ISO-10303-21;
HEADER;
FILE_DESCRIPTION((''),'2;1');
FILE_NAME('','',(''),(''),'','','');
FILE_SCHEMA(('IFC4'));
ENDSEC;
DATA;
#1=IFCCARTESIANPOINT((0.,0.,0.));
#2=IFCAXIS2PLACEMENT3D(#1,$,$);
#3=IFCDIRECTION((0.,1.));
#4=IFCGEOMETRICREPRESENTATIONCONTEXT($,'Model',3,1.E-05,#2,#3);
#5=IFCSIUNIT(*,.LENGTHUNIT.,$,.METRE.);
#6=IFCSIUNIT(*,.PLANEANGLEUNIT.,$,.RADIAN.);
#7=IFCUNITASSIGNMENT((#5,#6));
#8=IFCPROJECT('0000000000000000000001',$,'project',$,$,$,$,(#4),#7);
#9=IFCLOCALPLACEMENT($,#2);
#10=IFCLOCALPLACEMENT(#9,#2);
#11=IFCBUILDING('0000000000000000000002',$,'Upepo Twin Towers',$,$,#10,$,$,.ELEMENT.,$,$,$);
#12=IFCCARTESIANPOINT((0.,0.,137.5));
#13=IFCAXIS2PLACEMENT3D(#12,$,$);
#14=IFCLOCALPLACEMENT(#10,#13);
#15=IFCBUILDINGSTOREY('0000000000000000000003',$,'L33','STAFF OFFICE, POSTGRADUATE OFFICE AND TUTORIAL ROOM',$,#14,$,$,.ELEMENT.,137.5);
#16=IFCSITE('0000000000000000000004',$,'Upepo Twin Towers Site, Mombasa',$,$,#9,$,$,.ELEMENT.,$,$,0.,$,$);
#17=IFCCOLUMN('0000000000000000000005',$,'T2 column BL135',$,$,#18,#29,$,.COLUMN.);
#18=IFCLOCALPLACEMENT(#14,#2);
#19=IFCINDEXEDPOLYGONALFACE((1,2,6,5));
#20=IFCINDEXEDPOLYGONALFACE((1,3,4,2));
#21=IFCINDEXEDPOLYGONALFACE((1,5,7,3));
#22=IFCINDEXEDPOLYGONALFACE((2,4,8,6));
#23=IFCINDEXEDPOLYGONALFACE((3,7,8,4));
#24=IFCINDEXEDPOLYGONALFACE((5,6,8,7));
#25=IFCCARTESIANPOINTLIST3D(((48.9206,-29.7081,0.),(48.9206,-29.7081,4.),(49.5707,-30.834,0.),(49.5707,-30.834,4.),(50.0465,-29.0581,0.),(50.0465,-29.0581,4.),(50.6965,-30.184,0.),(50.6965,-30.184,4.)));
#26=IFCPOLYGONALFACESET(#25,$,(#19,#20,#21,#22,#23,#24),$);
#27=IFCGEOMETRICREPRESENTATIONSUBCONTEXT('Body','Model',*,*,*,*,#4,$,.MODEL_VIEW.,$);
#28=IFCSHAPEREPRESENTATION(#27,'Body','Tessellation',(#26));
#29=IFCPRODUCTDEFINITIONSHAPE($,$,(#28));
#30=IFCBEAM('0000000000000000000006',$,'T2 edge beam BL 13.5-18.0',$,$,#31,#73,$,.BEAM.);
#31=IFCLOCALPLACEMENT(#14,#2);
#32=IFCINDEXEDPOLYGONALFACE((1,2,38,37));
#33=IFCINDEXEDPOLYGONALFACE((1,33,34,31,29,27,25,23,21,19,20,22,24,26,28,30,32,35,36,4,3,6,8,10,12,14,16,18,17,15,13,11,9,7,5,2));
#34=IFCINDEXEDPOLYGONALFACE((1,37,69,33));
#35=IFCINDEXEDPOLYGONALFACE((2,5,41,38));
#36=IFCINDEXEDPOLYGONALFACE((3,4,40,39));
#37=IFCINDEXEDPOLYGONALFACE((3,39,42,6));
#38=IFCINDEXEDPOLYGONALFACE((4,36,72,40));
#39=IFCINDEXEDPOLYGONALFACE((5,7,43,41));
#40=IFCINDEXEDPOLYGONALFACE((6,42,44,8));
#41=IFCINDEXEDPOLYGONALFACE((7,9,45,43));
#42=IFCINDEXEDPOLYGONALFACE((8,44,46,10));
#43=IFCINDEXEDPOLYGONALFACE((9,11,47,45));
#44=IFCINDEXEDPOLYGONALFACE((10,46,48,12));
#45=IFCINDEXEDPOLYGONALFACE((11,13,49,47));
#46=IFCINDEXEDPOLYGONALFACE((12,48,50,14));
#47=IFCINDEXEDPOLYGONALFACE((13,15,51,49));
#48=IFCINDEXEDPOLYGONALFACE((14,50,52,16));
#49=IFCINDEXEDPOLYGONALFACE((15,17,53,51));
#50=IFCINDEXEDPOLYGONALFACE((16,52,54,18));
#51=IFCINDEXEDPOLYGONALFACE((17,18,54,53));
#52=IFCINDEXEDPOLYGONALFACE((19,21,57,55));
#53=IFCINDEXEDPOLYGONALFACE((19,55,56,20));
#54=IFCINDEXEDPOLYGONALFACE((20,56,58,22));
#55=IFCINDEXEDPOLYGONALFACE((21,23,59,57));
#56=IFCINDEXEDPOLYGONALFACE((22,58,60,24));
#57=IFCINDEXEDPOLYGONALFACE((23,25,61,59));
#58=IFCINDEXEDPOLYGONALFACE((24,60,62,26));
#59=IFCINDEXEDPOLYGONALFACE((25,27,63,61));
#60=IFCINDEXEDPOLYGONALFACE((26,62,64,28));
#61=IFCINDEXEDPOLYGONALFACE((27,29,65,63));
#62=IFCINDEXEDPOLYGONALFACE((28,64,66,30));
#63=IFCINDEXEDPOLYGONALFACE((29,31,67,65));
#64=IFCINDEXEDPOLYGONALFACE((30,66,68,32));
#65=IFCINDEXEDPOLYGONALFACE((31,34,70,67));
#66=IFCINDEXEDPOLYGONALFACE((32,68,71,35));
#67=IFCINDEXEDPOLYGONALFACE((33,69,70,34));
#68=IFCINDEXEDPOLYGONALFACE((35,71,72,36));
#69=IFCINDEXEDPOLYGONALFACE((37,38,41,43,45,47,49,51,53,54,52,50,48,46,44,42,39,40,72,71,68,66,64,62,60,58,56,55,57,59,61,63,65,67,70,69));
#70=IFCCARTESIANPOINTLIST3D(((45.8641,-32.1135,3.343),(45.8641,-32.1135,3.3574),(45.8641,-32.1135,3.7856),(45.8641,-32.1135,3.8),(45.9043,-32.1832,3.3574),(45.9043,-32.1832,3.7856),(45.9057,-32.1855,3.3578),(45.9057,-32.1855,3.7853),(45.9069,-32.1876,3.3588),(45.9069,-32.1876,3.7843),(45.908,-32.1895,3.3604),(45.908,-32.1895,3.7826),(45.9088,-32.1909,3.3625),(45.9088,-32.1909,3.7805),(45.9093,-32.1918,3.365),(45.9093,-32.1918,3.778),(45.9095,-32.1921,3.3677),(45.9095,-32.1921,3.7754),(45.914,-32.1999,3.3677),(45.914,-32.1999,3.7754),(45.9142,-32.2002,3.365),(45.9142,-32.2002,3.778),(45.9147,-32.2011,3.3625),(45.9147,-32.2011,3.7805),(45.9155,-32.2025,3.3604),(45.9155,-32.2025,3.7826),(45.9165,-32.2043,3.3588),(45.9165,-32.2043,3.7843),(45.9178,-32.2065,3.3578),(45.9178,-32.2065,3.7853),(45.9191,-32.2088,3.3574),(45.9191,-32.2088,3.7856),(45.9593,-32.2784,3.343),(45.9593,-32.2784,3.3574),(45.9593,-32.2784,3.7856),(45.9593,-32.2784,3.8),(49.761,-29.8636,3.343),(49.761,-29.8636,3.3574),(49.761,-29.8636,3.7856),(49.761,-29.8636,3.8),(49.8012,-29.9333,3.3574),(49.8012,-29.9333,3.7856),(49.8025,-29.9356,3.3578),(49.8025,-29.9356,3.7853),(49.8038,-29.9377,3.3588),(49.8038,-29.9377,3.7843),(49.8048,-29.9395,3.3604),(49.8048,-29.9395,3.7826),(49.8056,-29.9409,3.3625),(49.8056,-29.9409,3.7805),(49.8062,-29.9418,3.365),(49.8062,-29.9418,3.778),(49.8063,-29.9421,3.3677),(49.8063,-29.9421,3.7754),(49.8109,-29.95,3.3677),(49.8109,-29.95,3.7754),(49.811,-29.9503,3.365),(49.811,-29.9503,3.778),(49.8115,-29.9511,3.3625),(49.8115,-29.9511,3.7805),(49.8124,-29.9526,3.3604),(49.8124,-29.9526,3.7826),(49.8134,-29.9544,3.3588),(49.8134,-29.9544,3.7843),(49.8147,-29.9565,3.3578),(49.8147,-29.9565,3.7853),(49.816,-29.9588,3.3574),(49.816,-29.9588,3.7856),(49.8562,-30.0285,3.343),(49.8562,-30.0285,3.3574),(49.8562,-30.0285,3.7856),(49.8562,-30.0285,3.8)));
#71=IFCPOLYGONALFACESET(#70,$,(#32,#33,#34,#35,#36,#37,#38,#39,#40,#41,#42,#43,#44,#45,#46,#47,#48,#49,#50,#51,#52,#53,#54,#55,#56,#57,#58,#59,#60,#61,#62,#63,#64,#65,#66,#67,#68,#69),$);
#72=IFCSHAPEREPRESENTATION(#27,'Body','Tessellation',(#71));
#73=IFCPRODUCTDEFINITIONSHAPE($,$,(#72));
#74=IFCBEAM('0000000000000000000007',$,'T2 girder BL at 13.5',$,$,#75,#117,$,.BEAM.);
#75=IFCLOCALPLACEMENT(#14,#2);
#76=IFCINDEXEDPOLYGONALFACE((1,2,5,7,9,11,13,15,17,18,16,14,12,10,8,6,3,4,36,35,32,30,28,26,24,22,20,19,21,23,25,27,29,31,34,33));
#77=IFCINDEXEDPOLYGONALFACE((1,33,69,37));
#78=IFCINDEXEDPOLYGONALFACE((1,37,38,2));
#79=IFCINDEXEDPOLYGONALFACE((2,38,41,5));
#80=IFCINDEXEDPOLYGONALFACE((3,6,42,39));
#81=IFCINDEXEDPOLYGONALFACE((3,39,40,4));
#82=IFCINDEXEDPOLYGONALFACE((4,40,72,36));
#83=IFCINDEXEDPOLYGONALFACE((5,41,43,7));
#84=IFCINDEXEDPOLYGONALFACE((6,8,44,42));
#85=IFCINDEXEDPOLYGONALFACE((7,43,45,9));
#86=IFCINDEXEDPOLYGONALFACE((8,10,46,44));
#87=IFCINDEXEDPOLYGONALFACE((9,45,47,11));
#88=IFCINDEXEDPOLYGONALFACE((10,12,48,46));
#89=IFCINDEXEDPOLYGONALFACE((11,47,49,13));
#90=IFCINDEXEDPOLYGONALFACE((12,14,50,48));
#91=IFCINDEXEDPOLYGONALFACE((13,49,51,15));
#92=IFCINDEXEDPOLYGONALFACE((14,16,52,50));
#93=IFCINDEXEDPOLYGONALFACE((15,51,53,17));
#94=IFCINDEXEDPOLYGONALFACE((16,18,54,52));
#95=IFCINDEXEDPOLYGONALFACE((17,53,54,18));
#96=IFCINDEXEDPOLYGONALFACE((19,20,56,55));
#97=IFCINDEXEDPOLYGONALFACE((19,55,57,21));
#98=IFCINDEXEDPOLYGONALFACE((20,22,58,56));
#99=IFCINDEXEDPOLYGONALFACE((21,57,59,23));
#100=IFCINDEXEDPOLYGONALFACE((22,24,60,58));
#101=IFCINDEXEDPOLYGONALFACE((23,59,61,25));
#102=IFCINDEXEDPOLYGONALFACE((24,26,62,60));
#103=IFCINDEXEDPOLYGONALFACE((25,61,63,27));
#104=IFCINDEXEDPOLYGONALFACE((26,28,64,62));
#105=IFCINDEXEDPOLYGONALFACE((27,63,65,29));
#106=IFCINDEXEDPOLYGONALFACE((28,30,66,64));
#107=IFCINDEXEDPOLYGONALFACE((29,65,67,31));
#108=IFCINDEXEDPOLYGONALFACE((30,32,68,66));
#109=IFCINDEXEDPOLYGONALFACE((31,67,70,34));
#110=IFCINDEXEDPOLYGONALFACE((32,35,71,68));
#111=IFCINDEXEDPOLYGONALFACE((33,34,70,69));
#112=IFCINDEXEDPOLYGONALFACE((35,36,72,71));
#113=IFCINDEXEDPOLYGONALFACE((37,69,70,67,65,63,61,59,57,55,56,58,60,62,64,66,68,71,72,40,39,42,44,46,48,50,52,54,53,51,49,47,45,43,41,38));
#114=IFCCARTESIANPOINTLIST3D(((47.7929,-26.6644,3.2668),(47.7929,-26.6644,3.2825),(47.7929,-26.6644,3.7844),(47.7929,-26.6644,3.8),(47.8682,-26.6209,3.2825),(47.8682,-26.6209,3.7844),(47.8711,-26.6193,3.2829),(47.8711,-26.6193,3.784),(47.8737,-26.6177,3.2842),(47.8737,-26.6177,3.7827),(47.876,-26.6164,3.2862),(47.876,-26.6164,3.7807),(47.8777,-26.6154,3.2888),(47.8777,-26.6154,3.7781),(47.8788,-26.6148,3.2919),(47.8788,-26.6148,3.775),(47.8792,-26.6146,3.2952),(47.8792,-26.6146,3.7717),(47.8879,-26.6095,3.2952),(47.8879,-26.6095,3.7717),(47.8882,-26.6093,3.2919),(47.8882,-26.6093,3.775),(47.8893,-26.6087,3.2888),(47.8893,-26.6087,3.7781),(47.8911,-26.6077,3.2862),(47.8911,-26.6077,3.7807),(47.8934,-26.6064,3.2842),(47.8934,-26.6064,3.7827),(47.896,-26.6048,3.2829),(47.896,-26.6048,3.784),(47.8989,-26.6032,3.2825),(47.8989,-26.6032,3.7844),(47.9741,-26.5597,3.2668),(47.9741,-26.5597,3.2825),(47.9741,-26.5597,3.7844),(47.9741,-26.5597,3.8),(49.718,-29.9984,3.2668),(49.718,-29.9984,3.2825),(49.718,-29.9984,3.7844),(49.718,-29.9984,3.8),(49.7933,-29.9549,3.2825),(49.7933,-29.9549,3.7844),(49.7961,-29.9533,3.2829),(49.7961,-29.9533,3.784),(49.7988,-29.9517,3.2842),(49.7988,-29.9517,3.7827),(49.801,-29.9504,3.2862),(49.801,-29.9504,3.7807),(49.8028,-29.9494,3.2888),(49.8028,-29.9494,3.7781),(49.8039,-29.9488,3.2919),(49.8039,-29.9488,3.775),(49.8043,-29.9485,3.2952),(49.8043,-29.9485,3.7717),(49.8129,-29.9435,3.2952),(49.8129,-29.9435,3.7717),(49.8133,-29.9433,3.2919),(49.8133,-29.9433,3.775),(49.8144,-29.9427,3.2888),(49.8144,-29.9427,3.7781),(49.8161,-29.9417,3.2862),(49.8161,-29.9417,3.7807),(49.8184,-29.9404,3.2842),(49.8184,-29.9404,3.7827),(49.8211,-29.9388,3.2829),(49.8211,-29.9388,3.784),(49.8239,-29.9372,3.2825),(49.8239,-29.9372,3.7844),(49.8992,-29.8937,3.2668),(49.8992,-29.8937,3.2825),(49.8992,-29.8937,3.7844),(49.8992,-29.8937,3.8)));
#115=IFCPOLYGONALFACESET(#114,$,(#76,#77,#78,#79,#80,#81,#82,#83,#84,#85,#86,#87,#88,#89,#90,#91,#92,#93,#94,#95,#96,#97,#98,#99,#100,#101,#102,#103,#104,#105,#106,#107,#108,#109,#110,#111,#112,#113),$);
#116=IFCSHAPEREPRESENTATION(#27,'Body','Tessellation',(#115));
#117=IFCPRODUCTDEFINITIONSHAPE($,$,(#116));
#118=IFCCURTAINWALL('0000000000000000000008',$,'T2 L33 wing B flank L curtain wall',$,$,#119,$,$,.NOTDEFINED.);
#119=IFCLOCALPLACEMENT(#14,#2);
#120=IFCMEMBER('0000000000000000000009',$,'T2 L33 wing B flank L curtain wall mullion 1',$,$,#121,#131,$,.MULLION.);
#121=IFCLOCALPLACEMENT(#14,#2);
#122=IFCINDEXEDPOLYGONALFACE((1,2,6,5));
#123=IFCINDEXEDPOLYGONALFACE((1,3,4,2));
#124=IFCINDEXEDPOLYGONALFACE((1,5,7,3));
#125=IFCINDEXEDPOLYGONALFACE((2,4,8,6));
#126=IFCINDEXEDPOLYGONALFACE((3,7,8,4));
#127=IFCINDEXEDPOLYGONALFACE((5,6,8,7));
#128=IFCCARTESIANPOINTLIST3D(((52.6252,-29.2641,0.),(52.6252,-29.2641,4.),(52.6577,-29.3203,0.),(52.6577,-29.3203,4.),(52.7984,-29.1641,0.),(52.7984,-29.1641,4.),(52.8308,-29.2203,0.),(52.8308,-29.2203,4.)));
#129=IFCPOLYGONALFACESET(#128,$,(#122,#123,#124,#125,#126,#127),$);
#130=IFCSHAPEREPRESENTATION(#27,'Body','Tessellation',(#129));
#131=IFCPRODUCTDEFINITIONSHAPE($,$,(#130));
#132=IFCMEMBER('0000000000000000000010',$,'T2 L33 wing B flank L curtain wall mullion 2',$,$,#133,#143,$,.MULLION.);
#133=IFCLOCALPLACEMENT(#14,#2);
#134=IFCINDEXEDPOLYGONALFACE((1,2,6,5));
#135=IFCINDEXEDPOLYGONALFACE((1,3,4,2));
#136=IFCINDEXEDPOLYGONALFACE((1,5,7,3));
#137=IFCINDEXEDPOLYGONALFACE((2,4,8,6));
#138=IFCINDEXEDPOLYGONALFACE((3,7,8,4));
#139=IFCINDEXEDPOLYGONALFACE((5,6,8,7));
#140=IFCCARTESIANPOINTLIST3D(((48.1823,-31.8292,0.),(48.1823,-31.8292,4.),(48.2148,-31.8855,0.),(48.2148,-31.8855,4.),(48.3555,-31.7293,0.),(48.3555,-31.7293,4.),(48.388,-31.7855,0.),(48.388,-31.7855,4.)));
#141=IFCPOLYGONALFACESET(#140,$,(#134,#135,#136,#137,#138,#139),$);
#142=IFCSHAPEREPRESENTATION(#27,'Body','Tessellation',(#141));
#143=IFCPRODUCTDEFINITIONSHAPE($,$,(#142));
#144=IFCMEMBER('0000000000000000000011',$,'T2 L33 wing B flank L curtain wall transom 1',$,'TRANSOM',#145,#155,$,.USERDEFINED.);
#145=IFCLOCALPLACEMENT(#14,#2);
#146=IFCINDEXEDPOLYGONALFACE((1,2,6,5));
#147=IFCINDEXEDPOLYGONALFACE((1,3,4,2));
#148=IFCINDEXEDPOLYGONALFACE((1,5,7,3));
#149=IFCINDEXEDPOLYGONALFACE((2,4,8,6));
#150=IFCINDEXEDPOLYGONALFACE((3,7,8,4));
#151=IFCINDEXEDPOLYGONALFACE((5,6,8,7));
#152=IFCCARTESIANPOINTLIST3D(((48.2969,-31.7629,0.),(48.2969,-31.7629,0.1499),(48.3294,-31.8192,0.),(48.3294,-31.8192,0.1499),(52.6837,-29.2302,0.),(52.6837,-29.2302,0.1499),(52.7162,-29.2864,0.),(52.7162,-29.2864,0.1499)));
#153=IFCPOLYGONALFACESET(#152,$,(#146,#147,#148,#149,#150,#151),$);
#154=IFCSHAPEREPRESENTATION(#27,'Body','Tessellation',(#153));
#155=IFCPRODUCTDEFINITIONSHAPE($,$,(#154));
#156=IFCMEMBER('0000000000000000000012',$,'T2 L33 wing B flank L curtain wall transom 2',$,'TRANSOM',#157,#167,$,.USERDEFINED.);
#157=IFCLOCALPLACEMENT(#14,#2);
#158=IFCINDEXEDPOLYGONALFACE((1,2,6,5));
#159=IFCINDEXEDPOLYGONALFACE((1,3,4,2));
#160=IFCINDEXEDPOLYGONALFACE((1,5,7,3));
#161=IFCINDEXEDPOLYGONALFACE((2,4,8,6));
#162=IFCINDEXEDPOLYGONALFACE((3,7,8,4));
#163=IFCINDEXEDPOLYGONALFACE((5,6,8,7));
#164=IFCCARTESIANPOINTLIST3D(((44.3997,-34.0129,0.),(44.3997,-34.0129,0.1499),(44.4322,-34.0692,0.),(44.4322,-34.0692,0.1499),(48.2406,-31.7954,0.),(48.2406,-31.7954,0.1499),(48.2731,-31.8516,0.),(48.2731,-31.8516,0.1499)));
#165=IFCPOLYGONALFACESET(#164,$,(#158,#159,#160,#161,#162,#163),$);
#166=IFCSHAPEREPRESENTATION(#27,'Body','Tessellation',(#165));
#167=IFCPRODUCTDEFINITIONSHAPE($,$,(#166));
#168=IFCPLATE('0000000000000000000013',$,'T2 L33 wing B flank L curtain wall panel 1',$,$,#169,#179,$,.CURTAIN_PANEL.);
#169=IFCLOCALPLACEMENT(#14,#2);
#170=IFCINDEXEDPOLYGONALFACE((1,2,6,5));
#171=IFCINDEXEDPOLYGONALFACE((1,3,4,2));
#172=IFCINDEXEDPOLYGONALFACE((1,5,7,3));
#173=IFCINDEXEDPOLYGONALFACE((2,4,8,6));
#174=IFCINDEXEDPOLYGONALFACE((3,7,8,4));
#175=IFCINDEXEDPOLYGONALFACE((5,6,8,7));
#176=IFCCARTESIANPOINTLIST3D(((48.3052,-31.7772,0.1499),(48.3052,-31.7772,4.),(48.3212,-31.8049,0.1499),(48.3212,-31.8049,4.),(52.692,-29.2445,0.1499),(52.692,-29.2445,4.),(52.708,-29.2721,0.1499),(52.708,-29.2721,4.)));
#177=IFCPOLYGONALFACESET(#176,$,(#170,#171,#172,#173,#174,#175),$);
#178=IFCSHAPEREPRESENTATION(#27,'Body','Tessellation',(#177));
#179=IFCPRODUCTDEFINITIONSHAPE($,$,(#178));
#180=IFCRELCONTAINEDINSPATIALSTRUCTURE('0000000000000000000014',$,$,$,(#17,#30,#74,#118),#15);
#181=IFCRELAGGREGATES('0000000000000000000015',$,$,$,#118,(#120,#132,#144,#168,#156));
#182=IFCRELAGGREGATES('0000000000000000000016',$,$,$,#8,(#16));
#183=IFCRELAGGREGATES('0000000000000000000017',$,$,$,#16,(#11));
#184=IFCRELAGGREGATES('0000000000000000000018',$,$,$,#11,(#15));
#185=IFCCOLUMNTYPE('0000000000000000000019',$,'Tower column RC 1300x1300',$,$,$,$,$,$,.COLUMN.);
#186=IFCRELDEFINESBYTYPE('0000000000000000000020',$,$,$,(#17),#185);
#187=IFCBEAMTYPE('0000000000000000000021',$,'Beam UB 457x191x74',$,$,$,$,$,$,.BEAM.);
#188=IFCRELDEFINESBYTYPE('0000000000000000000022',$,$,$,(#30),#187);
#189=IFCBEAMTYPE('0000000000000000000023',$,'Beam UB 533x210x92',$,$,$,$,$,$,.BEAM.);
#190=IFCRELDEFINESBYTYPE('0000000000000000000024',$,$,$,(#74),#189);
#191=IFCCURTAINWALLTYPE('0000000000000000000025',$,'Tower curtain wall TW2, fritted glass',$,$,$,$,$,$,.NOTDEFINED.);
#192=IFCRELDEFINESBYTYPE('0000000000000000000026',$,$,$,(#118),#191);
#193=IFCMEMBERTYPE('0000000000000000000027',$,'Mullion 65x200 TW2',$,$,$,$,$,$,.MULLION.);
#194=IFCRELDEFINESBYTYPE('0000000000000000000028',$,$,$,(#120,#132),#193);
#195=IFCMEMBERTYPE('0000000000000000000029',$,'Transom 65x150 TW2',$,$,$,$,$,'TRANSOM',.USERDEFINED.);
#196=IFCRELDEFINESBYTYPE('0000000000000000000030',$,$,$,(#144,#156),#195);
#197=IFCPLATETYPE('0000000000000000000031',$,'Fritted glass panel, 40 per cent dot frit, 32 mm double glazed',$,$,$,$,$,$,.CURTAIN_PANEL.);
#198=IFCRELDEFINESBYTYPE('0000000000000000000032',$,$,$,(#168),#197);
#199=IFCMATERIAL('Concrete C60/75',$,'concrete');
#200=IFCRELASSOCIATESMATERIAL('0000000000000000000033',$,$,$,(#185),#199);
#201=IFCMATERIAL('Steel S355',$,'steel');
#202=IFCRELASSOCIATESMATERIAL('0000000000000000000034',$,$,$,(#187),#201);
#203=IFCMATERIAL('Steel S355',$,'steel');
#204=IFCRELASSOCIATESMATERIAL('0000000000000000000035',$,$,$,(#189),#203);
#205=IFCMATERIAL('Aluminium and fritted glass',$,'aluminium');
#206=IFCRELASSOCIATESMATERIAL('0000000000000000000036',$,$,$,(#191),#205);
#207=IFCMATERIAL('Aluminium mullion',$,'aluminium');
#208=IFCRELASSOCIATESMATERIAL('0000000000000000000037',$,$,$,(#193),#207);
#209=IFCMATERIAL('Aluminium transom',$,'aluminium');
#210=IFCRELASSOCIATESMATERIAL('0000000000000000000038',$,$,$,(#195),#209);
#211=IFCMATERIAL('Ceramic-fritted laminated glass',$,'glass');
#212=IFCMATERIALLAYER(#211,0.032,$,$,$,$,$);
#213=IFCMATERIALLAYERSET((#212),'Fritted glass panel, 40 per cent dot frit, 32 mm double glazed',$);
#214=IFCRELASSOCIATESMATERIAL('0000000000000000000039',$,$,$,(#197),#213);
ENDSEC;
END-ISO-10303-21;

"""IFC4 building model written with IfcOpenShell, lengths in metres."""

from ifc_helpers import new_model, si_unit, direction, frame, origin, origin_2d, place, context, subcontext, project, spatial, rectangle, i_section, extrude, material, layer, layer_set, material_profile, profile_set, type_object, element, aggregate, save


model = new_model("IFC4")

# Units and contexts
model_context = context("Model", 3, precision=1e-05, world=origin(), true_north=direction((0.0, 1.0)))
body_context = subcontext(model_context, "Body", "Model", "MODEL_VIEW")
ifc_project = project(units=[si_unit("LENGTHUNIT", "METRE"), si_unit("PLANEANGLEUNIT", "RADIAN")], contexts=[model_context])

# Site, building, storey
site_placement = place(None, origin())
site = spatial("IfcSite", under=ifc_project, at=site_placement, Name="Upepo Twin Towers Site, Mombasa", CompositionType="ELEMENT", RefElevation=0.0)
building_placement = place(site_placement, origin())
building = spatial("IfcBuilding", under=site, at=building_placement, Name="Upepo Twin Towers", CompositionType="ELEMENT")
storey_placement = place(building_placement, frame((0.0, 0.0, 137.5)))
storey = spatial("IfcBuildingStorey", under=building, at=storey_placement, Name="L33", Description="STAFF OFFICE, POSTGRADUATE OFFICE AND TUTORIAL ROOM", CompositionType="ELEMENT", Elevation=137.5)

# Column
ifc_material_1 = material(Name="Concrete C60/75", Category="concrete")
ifc_material_profile_1 = material_profile(ifc_material_1, rectangle(XDim=1.3, YDim=1.3, at=origin_2d()), Name="RC 1300x1300")
ifc_profile_set_1 = profile_set([ifc_material_profile_1], Name="Concrete C60/75")
column_type = type_object("IfcColumnType", Name="Tower column RC 1300x1300", PredefinedType="COLUMN", material=ifc_profile_set_1)
column_placement = place(storey_placement, frame((49.8086, -29.946, 0.0), z_axis=(0.0, 0.0, 1.0), x_axis=(0.866025, 0.5, 0.0)))
element("IfcColumn", 1, at=column_placement, inside=storey, type_object=column_type, Name="T2 column BL135", PredefinedType="COLUMN", context=body_context, shape_type="SweptSolid", body=[
    extrude(rectangle(XDim=1.3, YDim=1.3, at=origin_2d()), origin(), (0.0, 0.0, 1.0), 4.0),
])

# Beams
ifc_material_2 = material(Name="Steel S355", Category="steel")
ifc_material_profile_2 = material_profile(ifc_material_2, i_section(OverallWidth=0.1904, OverallDepth=0.457, WebThickness=0.009, FlangeThickness=0.0144, FilletRadius=0.0103, at=origin_2d()), Name="UB 457x191x74")
ifc_profile_set_2 = profile_set([ifc_material_profile_2], Name="Steel S355")
beam_type_1 = type_object("IfcBeamType", Name="Beam UB 457x191x74", PredefinedType="BEAM", material=ifc_profile_set_2)
beam_1_placement = place(storey_placement, frame((49.8086, -29.946, 3.5715), z_axis=(-0.866018, -0.500014, 0.0), x_axis=(0.500014, -0.866018, 0.0)))
element("IfcBeam", 2, at=beam_1_placement, inside=storey, type_object=beam_type_1, Name="T2 edge beam BL 13.5-18.0", PredefinedType="BEAM", context=body_context, shape_type="SweptSolid", body=[
    extrude(i_section(OverallWidth=0.1904, OverallDepth=0.457, WebThickness=0.009, FlangeThickness=0.0144, FilletRadius=0.0103, at=origin_2d()), origin(), (0.0, 0.0, 1.0), 4.4998),
])
ifc_material_3 = material(Name="Steel S355", Category="steel")
ifc_material_profile_3 = material_profile(ifc_material_3, i_section(OverallWidth=0.2092, OverallDepth=0.5332, WebThickness=0.01, FlangeThickness=0.0156, FilletRadius=0.0127, at=origin_2d()), Name="UB 533x210x92")
ifc_profile_set_3 = profile_set([ifc_material_profile_3], Name="Steel S355")
beam_type_2 = type_object("IfcBeamType", Name="Beam UB 533x210x92", PredefinedType="BEAM", material=ifc_profile_set_3)
beam_2_placement = place(storey_placement, frame((49.8086, -29.946, 3.5334), z_axis=(-0.500034, 0.866006, 0.0), x_axis=(-0.866006, -0.500034, 0.0)))
element("IfcBeam", 3, at=beam_2_placement, inside=storey, type_object=beam_type_2, Name="T2 girder BL at 13.5", PredefinedType="BEAM", context=body_context, shape_type="SweptSolid", body=[
    extrude(i_section(OverallWidth=0.2092, OverallDepth=0.5332, WebThickness=0.01, FlangeThickness=0.0156, FilletRadius=0.0127, at=origin_2d()), origin(), (0.0, 0.0, 1.0), 3.8499),
])

# Curtain wall, members, plate
ifc_material_4 = material(Name="Aluminium and fritted glass", Category="aluminium")
curtain_wall_type = type_object("IfcCurtainWallType", Name="Tower curtain wall TW2, fritted glass", PredefinedType="NOTDEFINED", material=ifc_material_4)
curtain_wall_placement = place(storey_placement, origin())
curtain_wall = element("IfcCurtainWall", 4, at=curtain_wall_placement, inside=storey, type_object=curtain_wall_type, Name="T2 L33 wing B flank L curtain wall", PredefinedType="NOTDEFINED")
ifc_material_5 = material(Name="Aluminium mullion", Category="aluminium")
ifc_material_profile_4 = material_profile(ifc_material_5, rectangle(XDim=0.0649, YDim=0.2, at=origin_2d()), Name="MULLION 65x200")
ifc_profile_set_4 = profile_set([ifc_material_profile_4], Name="Aluminium mullion")
member_type_1 = type_object("IfcMemberType", Name="Mullion 65x200 TW2", PredefinedType="MULLION", material=ifc_profile_set_4)
member_1_placement = place(storey_placement, frame((52.728, -29.2422, 0.0), z_axis=(0.0, 0.0, 1.0), x_axis=(0.5, -0.866025, 0.0)))
member_1 = element("IfcMember", 5, at=member_1_placement, type_object=member_type_1, Name="T2 L33 wing B flank L curtain wall mullion 1", PredefinedType="MULLION", context=body_context, shape_type="SweptSolid", body=[
    extrude(rectangle(XDim=0.0649, YDim=0.2, at=origin_2d()), origin(), (0.0, 0.0, 1.0), 4.0),
])
member_2_placement = place(storey_placement, frame((48.2852, -31.8074, 0.0), z_axis=(0.0, 0.0, 1.0), x_axis=(0.5, -0.866025, 0.0)))
member_2 = element("IfcMember", 6, at=member_2_placement, type_object=member_type_1, Name="T2 L33 wing B flank L curtain wall mullion 2", PredefinedType="MULLION", context=body_context, shape_type="SweptSolid", body=[
    extrude(rectangle(XDim=0.0649, YDim=0.2, at=origin_2d()), origin(), (0.0, 0.0, 1.0), 4.0),
])
ifc_material_6 = material(Name="Aluminium transom", Category="aluminium")
ifc_material_profile_5 = material_profile(ifc_material_6, rectangle(XDim=0.0649, YDim=0.1499, at=origin_2d()), Name="TRANSOM 65x150")
ifc_profile_set_5 = profile_set([ifc_material_profile_5], Name="Aluminium transom")
member_type_2 = type_object("IfcMemberType", Name="Transom 65x150 TW2", ElementType="TRANSOM", PredefinedType="USERDEFINED", material=ifc_profile_set_5)
member_3_placement = place(storey_placement, frame((52.7, -29.2583, 0.075), z_axis=(-0.866022, -0.500006, 0.0), x_axis=(0.500006, -0.866022, 0.0)))
member_3 = element("IfcMember", 7, at=member_3_placement, type_object=member_type_2, Name="T2 L33 wing B flank L curtain wall transom 1", ObjectType="TRANSOM", PredefinedType="USERDEFINED", context=body_context, shape_type="SweptSolid", body=[
    extrude(rectangle(XDim=0.0649, YDim=0.1499, at=origin_2d()), origin(), (0.0, 0.0, 1.0), 5.0654),
])
member_4_placement = place(storey_placement, frame((48.2568, -31.8235, 0.075), z_axis=(-0.866022, -0.500005, 0.0), x_axis=(0.500005, -0.866022, 0.0)))
member_4 = element("IfcMember", 8, at=member_4_placement, type_object=member_type_2, Name="T2 L33 wing B flank L curtain wall transom 2", ObjectType="TRANSOM", PredefinedType="USERDEFINED", context=body_context, shape_type="SweptSolid", body=[
    extrude(rectangle(XDim=0.0649, YDim=0.1499, at=origin_2d()), origin(), (0.0, 0.0, 1.0), 4.4351),
])
ifc_material_7 = material(Name="Ceramic-fritted laminated glass", Category="glass")
ifc_layer_1 = layer(ifc_material_7, 0.032)
ifc_layer_set_1 = layer_set([ifc_layer_1], Name="Fritted glass panel, 40 per cent dot frit, 32 mm double glazed")
plate_type = type_object("IfcPlateType", Name="Fritted glass panel, 40 per cent dot frit, 32 mm double glazed", PredefinedType="CURTAIN_PANEL", material=ifc_layer_set_1)
plate_1_placement = place(storey_placement, frame((50.5066, -30.5247, 0.1499), z_axis=(0.0, 0.0, 1.0), x_axis=(-0.866025, -0.5, 0.0)))
plate_1 = element("IfcPlate", 9, at=plate_1_placement, type_object=plate_type, Name="T2 L33 wing B flank L curtain wall panel 1", PredefinedType="CURTAIN_PANEL", context=body_context, shape_type="SweptSolid", body=[
    extrude(rectangle(XDim=5.0654, YDim=0.032, at=origin_2d()), origin(), (0.0, 0.0, 1.0), 3.8501),
])
aggregate(curtain_wall, [member_1, member_2, member_3, plate_1, member_4])

save(model, "model.ifc")
